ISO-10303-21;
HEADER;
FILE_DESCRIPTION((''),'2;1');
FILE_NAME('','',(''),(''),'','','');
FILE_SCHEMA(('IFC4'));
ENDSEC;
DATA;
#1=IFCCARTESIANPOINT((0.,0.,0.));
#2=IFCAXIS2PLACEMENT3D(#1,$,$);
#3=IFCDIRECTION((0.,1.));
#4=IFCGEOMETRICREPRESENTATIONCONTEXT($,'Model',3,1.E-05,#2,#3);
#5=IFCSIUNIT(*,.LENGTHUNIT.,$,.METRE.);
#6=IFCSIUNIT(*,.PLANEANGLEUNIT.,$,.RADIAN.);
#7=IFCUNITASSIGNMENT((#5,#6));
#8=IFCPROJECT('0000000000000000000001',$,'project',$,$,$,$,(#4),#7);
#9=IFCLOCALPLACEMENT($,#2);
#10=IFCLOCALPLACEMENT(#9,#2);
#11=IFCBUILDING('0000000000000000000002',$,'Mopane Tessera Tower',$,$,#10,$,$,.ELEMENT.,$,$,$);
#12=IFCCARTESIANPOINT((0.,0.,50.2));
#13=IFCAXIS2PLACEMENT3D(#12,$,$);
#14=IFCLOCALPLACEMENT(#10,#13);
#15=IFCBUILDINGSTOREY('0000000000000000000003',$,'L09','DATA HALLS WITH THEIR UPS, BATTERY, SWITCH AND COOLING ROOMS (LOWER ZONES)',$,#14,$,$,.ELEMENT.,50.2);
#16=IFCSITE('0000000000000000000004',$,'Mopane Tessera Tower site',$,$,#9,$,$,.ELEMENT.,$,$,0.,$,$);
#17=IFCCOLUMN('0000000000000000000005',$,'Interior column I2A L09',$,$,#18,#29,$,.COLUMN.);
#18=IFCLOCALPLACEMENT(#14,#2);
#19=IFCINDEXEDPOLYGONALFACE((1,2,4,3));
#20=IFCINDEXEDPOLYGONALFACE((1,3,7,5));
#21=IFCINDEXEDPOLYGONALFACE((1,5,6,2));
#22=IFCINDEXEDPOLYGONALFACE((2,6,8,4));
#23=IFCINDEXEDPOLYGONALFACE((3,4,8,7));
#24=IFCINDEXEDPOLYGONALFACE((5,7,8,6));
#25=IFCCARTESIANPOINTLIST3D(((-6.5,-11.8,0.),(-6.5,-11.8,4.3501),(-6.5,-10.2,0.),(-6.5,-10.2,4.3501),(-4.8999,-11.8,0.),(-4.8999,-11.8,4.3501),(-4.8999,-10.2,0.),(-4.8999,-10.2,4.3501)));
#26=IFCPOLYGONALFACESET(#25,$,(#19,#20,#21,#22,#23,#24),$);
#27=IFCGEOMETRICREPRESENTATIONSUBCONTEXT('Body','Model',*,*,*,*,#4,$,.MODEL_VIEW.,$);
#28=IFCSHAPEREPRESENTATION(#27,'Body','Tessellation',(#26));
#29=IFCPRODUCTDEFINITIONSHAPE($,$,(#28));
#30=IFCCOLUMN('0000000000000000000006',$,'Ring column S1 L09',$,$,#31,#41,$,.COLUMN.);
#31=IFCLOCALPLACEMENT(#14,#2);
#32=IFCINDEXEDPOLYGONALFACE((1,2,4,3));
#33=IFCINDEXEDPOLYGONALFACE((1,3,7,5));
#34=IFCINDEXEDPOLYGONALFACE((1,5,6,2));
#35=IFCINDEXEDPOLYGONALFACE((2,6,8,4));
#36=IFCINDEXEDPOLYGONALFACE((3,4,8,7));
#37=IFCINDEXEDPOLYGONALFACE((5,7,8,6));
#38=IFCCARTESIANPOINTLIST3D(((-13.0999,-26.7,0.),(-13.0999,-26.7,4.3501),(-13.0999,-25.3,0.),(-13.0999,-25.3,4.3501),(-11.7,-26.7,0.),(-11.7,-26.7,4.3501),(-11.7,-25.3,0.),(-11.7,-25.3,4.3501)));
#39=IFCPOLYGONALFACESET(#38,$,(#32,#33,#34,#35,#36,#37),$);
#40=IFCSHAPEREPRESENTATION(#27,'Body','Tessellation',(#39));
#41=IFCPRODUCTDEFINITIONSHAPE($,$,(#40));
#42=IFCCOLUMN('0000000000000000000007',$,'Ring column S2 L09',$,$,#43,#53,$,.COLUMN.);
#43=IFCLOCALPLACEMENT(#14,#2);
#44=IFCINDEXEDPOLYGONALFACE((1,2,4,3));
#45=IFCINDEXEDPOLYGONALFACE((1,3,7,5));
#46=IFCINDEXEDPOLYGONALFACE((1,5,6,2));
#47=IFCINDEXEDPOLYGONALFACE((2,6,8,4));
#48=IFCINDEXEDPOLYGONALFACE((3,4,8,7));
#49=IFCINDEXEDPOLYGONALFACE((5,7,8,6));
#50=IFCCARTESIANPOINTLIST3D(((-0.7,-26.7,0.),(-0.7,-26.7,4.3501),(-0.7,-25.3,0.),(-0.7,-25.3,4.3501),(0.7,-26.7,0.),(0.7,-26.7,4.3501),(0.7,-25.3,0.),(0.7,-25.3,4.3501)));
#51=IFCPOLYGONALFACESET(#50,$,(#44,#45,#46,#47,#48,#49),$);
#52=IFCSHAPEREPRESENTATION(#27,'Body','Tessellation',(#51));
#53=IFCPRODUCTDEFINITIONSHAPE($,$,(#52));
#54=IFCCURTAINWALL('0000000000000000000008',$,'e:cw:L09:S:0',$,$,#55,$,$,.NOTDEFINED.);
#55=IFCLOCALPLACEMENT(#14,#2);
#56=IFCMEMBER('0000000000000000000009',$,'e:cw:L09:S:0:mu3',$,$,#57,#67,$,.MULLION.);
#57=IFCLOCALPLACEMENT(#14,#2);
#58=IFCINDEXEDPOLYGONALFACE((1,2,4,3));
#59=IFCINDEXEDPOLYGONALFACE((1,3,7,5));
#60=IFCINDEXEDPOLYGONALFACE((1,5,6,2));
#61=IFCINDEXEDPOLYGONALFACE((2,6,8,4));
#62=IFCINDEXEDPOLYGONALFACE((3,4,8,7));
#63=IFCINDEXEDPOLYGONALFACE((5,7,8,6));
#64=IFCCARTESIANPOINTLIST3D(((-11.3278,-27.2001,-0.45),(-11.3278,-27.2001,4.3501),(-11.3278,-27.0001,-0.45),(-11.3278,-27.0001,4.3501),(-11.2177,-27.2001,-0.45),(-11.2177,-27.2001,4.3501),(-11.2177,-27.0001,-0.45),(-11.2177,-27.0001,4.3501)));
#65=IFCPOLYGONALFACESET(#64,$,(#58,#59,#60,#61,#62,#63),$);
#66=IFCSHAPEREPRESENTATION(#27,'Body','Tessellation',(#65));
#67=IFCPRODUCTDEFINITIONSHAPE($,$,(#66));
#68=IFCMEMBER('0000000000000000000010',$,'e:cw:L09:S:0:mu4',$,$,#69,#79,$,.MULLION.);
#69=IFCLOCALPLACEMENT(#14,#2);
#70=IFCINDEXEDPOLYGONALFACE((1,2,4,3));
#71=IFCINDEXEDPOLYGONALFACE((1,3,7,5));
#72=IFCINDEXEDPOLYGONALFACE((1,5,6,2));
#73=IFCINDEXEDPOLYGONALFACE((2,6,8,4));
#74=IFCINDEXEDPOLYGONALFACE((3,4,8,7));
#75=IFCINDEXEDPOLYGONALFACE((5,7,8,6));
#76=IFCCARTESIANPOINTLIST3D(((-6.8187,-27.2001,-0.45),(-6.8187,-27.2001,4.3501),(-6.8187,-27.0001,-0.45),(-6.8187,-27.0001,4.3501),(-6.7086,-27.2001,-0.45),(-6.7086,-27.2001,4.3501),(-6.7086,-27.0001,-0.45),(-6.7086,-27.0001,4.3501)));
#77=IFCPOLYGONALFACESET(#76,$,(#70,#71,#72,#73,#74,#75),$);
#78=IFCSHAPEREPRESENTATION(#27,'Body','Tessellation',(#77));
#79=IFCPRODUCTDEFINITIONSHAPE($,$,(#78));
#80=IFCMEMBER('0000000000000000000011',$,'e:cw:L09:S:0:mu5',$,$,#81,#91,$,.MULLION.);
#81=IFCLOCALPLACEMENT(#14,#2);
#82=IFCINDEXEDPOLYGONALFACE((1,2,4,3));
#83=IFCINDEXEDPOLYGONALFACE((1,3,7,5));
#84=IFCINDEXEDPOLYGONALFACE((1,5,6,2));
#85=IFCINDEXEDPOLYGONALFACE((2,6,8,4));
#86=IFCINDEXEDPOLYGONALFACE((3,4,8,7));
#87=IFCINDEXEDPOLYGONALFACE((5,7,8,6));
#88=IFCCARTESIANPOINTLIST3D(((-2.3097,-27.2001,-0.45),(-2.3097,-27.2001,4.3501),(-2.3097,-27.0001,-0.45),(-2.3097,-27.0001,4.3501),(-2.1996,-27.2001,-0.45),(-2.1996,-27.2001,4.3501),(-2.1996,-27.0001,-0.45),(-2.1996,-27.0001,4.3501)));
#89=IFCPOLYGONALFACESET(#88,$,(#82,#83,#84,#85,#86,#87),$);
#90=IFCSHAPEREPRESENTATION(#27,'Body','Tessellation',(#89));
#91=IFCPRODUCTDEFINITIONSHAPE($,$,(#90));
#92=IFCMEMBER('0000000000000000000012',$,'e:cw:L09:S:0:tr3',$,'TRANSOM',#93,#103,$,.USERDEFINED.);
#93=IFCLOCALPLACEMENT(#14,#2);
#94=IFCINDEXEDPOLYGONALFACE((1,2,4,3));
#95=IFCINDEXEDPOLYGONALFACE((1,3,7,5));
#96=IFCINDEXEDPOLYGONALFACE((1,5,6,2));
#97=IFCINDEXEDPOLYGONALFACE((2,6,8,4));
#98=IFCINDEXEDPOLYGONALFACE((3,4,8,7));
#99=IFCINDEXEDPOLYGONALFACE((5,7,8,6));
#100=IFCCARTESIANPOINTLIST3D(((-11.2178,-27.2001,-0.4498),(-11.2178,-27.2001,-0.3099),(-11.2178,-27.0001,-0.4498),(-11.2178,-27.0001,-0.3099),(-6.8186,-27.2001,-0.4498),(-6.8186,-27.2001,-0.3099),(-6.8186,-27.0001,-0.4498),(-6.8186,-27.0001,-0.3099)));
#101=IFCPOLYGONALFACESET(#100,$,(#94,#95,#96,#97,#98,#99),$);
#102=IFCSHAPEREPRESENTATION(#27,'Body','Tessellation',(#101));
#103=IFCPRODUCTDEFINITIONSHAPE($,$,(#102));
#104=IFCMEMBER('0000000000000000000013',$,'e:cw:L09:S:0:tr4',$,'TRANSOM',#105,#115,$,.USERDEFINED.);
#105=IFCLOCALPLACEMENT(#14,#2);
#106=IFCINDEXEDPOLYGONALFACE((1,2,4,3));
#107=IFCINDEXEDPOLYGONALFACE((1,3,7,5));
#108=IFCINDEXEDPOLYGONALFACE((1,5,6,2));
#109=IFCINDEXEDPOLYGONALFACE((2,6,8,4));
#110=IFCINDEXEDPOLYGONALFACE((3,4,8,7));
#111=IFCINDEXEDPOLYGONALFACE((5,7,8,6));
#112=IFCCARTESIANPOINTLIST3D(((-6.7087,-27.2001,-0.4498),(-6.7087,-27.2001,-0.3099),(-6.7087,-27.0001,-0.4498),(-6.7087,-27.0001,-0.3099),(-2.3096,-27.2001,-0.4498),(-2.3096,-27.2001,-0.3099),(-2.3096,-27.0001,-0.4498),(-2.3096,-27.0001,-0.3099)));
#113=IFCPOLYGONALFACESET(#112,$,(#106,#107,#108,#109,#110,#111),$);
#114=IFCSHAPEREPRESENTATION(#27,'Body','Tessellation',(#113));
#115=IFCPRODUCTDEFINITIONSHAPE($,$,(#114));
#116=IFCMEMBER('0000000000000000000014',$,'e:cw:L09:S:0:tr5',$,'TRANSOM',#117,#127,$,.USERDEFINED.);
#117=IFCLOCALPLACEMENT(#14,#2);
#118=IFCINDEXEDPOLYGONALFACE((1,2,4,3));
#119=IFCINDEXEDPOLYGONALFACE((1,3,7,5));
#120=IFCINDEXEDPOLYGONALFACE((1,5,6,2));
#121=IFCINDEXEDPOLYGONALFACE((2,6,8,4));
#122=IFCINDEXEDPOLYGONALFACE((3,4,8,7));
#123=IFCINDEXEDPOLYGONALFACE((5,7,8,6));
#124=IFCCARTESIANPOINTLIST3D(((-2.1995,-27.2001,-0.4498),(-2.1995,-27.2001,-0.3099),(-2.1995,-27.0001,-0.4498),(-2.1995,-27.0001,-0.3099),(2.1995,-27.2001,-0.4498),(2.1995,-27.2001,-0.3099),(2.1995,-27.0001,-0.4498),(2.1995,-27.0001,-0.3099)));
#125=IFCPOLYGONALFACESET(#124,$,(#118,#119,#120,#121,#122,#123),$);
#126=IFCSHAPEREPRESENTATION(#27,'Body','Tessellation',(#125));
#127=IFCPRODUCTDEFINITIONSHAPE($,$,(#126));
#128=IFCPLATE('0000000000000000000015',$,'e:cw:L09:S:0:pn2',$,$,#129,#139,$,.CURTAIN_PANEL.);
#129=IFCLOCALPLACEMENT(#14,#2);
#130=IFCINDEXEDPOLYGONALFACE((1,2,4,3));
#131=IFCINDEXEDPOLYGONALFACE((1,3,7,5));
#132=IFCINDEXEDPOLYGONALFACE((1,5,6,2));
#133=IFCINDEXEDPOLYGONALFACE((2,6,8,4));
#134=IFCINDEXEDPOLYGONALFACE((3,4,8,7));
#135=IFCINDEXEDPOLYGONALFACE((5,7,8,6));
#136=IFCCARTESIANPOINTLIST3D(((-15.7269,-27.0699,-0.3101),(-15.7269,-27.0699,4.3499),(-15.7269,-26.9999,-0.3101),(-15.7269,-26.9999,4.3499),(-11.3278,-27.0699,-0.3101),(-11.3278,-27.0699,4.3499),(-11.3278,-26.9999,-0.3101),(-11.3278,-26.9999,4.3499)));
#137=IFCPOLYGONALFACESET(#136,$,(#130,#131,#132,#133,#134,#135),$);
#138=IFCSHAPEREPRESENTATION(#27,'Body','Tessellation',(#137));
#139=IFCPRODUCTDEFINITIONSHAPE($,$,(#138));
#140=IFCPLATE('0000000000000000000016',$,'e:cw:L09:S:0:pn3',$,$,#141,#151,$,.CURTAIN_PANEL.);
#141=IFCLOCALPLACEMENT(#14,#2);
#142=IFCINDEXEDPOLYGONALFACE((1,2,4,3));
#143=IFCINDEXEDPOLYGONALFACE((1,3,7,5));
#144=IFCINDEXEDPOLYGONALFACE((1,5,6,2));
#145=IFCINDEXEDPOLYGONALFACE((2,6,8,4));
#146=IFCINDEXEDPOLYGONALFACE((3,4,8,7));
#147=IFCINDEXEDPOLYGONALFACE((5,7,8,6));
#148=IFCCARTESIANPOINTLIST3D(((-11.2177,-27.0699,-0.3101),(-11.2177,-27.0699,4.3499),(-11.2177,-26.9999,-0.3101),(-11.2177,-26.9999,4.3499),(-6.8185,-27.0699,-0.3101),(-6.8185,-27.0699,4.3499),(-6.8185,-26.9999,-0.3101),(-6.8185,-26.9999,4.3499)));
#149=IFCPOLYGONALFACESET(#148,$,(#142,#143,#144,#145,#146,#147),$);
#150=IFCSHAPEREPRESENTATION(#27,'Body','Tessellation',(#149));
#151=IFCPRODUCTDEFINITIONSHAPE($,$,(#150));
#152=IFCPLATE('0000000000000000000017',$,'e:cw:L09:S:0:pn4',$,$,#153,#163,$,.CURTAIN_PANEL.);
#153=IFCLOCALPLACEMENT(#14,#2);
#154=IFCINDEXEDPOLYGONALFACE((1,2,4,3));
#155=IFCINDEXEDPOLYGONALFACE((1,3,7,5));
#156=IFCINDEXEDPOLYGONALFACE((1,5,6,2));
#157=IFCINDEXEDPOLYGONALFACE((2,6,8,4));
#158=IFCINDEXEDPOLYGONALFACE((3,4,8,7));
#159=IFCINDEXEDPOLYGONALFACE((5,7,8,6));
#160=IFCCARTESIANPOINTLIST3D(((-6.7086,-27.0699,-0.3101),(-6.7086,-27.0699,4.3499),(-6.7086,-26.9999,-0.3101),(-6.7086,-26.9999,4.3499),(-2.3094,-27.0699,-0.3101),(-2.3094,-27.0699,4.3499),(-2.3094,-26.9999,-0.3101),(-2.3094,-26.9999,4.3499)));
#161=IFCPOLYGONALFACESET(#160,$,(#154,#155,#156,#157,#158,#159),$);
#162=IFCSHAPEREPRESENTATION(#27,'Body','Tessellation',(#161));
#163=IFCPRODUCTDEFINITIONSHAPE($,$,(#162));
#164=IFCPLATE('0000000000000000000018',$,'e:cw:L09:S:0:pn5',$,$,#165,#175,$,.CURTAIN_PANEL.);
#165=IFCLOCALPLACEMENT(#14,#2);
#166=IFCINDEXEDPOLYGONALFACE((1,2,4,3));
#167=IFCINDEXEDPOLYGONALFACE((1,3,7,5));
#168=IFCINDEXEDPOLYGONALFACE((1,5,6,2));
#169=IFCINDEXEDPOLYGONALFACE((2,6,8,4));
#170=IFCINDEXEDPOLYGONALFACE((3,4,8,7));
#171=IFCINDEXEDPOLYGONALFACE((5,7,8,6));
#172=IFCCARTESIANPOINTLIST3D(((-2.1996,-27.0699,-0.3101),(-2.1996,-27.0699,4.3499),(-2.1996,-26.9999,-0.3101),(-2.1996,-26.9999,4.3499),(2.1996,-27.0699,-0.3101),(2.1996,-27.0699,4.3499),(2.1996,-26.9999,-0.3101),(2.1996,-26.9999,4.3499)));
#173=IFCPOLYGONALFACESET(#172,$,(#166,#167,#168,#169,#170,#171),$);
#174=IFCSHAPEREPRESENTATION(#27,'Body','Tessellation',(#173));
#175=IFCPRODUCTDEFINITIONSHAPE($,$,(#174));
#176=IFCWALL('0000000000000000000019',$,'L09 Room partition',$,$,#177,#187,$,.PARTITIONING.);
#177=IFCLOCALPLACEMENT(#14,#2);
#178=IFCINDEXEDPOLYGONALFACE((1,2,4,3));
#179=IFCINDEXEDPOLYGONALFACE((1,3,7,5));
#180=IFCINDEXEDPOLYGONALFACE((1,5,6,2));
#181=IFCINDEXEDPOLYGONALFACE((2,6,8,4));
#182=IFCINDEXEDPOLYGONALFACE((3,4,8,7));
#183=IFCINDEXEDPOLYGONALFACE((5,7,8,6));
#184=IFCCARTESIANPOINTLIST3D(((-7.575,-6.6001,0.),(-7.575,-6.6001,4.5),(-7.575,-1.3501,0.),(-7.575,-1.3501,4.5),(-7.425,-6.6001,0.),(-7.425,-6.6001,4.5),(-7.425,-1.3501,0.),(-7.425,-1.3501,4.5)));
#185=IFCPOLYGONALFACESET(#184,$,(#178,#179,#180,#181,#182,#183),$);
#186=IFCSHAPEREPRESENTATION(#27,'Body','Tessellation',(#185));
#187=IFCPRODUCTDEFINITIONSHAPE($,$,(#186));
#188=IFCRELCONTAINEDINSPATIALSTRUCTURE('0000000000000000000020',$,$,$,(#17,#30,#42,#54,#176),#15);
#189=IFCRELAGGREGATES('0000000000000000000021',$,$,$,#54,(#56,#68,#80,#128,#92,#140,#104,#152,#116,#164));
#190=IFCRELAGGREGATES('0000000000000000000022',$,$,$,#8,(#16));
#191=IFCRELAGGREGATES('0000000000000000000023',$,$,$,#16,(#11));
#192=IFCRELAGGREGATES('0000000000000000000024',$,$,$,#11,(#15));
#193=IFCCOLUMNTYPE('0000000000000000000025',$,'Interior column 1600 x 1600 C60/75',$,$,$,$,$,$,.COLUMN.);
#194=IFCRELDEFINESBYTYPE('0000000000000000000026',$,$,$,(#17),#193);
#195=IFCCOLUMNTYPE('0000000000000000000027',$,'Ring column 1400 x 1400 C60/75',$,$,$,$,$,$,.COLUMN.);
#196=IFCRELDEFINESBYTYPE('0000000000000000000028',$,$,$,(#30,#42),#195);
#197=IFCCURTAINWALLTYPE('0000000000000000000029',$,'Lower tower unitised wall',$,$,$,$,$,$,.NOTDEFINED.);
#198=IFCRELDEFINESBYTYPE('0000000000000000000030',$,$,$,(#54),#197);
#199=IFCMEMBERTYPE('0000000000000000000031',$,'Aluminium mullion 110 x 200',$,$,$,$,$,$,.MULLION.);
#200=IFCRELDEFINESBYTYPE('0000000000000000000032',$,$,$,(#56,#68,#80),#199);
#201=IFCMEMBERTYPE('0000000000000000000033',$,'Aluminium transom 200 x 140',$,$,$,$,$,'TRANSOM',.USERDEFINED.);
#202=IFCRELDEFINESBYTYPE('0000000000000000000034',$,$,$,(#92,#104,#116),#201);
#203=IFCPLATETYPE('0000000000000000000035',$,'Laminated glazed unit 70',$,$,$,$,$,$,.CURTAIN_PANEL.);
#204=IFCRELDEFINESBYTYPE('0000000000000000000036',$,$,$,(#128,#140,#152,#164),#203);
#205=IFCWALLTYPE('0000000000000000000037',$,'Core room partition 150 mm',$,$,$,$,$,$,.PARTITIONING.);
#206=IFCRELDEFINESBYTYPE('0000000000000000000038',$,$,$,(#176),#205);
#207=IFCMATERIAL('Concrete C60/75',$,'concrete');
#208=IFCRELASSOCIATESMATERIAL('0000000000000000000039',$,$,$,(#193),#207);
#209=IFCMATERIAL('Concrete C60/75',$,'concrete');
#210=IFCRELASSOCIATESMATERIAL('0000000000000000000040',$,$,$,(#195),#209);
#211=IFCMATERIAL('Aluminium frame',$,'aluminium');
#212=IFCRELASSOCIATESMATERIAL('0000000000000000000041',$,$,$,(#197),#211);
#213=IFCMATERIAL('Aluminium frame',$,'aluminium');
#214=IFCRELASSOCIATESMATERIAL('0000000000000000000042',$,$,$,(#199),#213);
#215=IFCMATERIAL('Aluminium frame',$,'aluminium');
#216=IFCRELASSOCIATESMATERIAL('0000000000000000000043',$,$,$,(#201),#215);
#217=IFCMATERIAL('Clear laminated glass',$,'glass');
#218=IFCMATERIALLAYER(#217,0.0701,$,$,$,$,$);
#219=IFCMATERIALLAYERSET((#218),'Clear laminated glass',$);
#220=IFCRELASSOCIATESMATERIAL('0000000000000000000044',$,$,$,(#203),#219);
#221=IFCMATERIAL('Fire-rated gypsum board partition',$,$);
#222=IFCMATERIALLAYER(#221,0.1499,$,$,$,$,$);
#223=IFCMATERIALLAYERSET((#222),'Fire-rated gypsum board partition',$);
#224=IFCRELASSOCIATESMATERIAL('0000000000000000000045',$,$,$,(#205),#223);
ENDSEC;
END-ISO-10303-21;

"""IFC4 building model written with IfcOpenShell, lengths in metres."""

from ifc_helpers import new_model, si_unit, direction, frame, frame_2d, origin, origin_2d, place, context, subcontext, project, spatial, rectangle, extrude, material, layer, layer_set, material_profile, profile_set, type_object, element, aggregate, save


model = new_model("IFC4")

# Units and contexts
model_context = context("Model", 3, precision=1e-05, world=origin(), true_north=direction((0.0, 1.0)))
body_context = subcontext(model_context, "Body", "Model", "MODEL_VIEW")
ifc_project = project(units=[si_unit("LENGTHUNIT", "METRE"), si_unit("PLANEANGLEUNIT", "RADIAN")], contexts=[model_context])

# Site, building, storey
site_placement = place(None, origin())
site = spatial("IfcSite", under=ifc_project, at=site_placement, Name="Mopane Tessera Tower site", CompositionType="ELEMENT", RefElevation=0.0)
building_placement = place(site_placement, origin())
building = spatial("IfcBuilding", under=site, at=building_placement, Name="Mopane Tessera Tower", CompositionType="ELEMENT")
storey_placement = place(building_placement, frame((0.0, 0.0, 50.2)))
storey = spatial("IfcBuildingStorey", under=building, at=storey_placement, Name="L09", Description="DATA HALLS WITH THEIR UPS, BATTERY, SWITCH AND COOLING ROOMS (LOWER ZONES)", CompositionType="ELEMENT", Elevation=50.2)

# Columns
ifc_material_1 = material(Name="Concrete C60/75", Category="concrete")
ifc_material_profile_1 = material_profile(ifc_material_1, rectangle(XDim=1.6001, YDim=1.6001, at=origin_2d()))
ifc_profile_set_1 = profile_set([ifc_material_profile_1], Name="Concrete C60/75")
column_type_1 = type_object("IfcColumnType", Name="Interior column 1600 x 1600 C60/75", PredefinedType="COLUMN", material=ifc_profile_set_1)
column_placement = place(storey_placement, frame((-5.7, -11.0, 0.0), z_axis=(0.0, 0.0, 1.0), x_axis=(1.0, 0.0, 0.0)))
element("IfcColumn", 1, at=column_placement, inside=storey, type_object=column_type_1, Name="Interior column I2A L09", PredefinedType="COLUMN", context=body_context, shape_type="SweptSolid", body=[
    extrude(rectangle(XDim=1.6001, YDim=1.6001, at=origin_2d()), origin(), (0.0, 0.0, 1.0), 4.3501),
])
ifc_material_2 = material(Name="Concrete C60/75", Category="concrete")
ifc_material_profile_2 = material_profile(ifc_material_2, rectangle(XDim=1.3999, YDim=1.3999, at=origin_2d()))
ifc_profile_set_2 = profile_set([ifc_material_profile_2], Name="Concrete C60/75")
column_type_2 = type_object("IfcColumnType", Name="Ring column 1400 x 1400 C60/75", PredefinedType="COLUMN", material=ifc_profile_set_2)
for number, where, z_axis, x_axis, name in (
    (2, (-12.3999, -26.0, 0.0), (0.0, 0.0, 1.0), (1.0, 0.0, 0.0), "Ring column S1 L09"),
    (3, (0.0, -26.0, 0.0), (0.0, 0.0, 1.0), (1.0, 0.0, 0.0), "Ring column S2 L09"),
):
    element("IfcColumn", number, at=place(storey_placement, frame(where, z_axis=z_axis, x_axis=x_axis)), inside=storey, type_object=column_type_2, Name=name, PredefinedType="COLUMN", context=body_context, shape_type="SweptSolid", body=[
        extrude(rectangle(XDim=1.3999, YDim=1.3999, at=origin_2d()), origin(), (0.0, 0.0, 1.0), 4.3501),
    ])

# Curtain wall, members, plates
ifc_material_3 = material(Name="Aluminium frame", Category="aluminium")
curtain_wall_type = type_object("IfcCurtainWallType", Name="Lower tower unitised wall", PredefinedType="NOTDEFINED", material=ifc_material_3)
curtain_wall_placement = place(storey_placement, origin())
curtain_wall = element("IfcCurtainWall", 4, at=curtain_wall_placement, inside=storey, type_object=curtain_wall_type, Name="e:cw:L09:S:0", PredefinedType="NOTDEFINED")
ifc_material_4 = material(Name="Aluminium frame", Category="aluminium")
ifc_material_profile_3 = material_profile(ifc_material_4, rectangle(XDim=0.1101, YDim=0.2, at=origin_2d()))
ifc_profile_set_3 = profile_set([ifc_material_profile_3], Name="Aluminium frame")
member_type_1 = type_object("IfcMemberType", Name="Aluminium mullion 110 x 200", PredefinedType="MULLION", material=ifc_profile_set_3)
member_1_placement = place(storey_placement, frame((-11.2727, -27.1001, -0.45), z_axis=(0.0, 0.0, 1.0), x_axis=(1.0, 0.0, 0.0)))
member_1 = element("IfcMember", 5, at=member_1_placement, type_object=member_type_1, Name="e:cw:L09:S:0:mu3", PredefinedType="MULLION", context=body_context, shape_type="SweptSolid", body=[
    extrude(rectangle(XDim=0.1101, YDim=0.2, at=origin_2d()), origin(), (0.0, 0.0, 1.0), 4.8),
])
member_2_placement = place(storey_placement, frame((-6.7637, -27.1001, -0.45), z_axis=(0.0, 0.0, 1.0), x_axis=(1.0, 0.0, 0.0)))
member_2 = element("IfcMember", 6, at=member_2_placement, type_object=member_type_1, Name="e:cw:L09:S:0:mu4", PredefinedType="MULLION", context=body_context, shape_type="SweptSolid", body=[
    extrude(rectangle(XDim=0.1101, YDim=0.2, at=origin_2d()), origin(), (0.0, 0.0, 1.0), 4.8),
])
member_3_placement = place(storey_placement, frame((-2.2546, -27.1001, -0.45), z_axis=(0.0, 0.0, 1.0), x_axis=(1.0, 0.0, 0.0)))
member_3 = element("IfcMember", 7, at=member_3_placement, type_object=member_type_1, Name="e:cw:L09:S:0:mu5", PredefinedType="MULLION", context=body_context, shape_type="SweptSolid", body=[
    extrude(rectangle(XDim=0.1101, YDim=0.2, at=origin_2d()), origin(), (0.0, 0.0, 1.0), 4.8),
])
ifc_material_5 = material(Name="Aluminium frame", Category="aluminium")
ifc_material_profile_4 = material_profile(ifc_material_5, rectangle(XDim=0.2, YDim=0.1399, at=origin_2d()))
ifc_profile_set_4 = profile_set([ifc_material_profile_4], Name="Aluminium frame")
member_type_2 = type_object("IfcMemberType", Name="Aluminium transom 200 x 140", ElementType="TRANSOM", PredefinedType="USERDEFINED", material=ifc_profile_set_4)
member_4_placement = place(storey_placement, frame((-11.2178, -27.1001, -0.3799), z_axis=(1.0, 0.0, 0.0), x_axis=(0.0, 1.0, 0.0)))
member_4 = element("IfcMember", 8, at=member_4_placement, type_object=member_type_2, Name="e:cw:L09:S:0:tr3", ObjectType="TRANSOM", PredefinedType="USERDEFINED", context=body_context, shape_type="SweptSolid", body=[
    extrude(rectangle(XDim=0.2, YDim=0.1399, at=origin_2d()), origin(), (0.0, 0.0, 1.0), 4.3992),
])
member_5_placement = place(storey_placement, frame((-6.7087, -27.1001, -0.3799), z_axis=(1.0, 0.0, 0.0), x_axis=(0.0, 1.0, 0.0)))
member_5 = element("IfcMember", 9, at=member_5_placement, type_object=member_type_2, Name="e:cw:L09:S:0:tr4", ObjectType="TRANSOM", PredefinedType="USERDEFINED", context=body_context, shape_type="SweptSolid", body=[
    extrude(rectangle(XDim=0.2, YDim=0.1399, at=origin_2d()), origin(), (0.0, 0.0, 1.0), 4.3992),
])
member_6_placement = place(storey_placement, frame((-2.1995, -27.1001, -0.3799), z_axis=(1.0, 0.0, 0.0), x_axis=(0.0, 1.0, 0.0)))
member_6 = element("IfcMember", 10, at=member_6_placement, type_object=member_type_2, Name="e:cw:L09:S:0:tr5", ObjectType="TRANSOM", PredefinedType="USERDEFINED", context=body_context, shape_type="SweptSolid", body=[
    extrude(rectangle(XDim=0.2, YDim=0.1399, at=origin_2d()), origin(), (0.0, 0.0, 1.0), 4.3989),
])
ifc_material_6 = material(Name="Clear laminated glass", Category="glass")
ifc_layer_1 = layer(ifc_material_6, 0.0701)
ifc_layer_set_1 = layer_set([ifc_layer_1], Name="Clear laminated glass")
plate_type = type_object("IfcPlateType", Name="Laminated glazed unit 70", PredefinedType="CURTAIN_PANEL", material=ifc_layer_set_1)
plate_1_placement = place(storey_placement, frame((-13.5273, -27.0349, -0.3101), z_axis=(0.0, 0.0, 1.0), x_axis=(1.0, 0.0, 0.0)))
plate_1 = element("IfcPlate", 11, at=plate_1_placement, type_object=plate_type, Name="e:cw:L09:S:0:pn2", PredefinedType="CURTAIN_PANEL", context=body_context, shape_type="SweptSolid", body=[
    extrude(rectangle(XDim=4.3992, YDim=0.0701, at=origin_2d()), origin(), (0.0, 0.0, 1.0), 4.6599),
])
plate_2_placement = place(storey_placement, frame((-9.0181, -27.0349, -0.3101), z_axis=(0.0, 0.0, 1.0), x_axis=(1.0, 0.0, 0.0)))
plate_2 = element("IfcPlate", 12, at=plate_2_placement, type_object=plate_type, Name="e:cw:L09:S:0:pn3", PredefinedType="CURTAIN_PANEL", context=body_context, shape_type="SweptSolid", body=[
    extrude(rectangle(XDim=4.3992, YDim=0.0701, at=origin_2d()), origin(), (0.0, 0.0, 1.0), 4.6599),
])
plate_3_placement = place(storey_placement, frame((-4.509, -27.0349, -0.3101), z_axis=(0.0, 0.0, 1.0), x_axis=(1.0, 0.0, 0.0)))
plate_3 = element("IfcPlate", 13, at=plate_3_placement, type_object=plate_type, Name="e:cw:L09:S:0:pn4", PredefinedType="CURTAIN_PANEL", context=body_context, shape_type="SweptSolid", body=[
    extrude(rectangle(XDim=4.3992, YDim=0.0701, at=origin_2d()), origin(), (0.0, 0.0, 1.0), 4.6599),
])
plate_4_placement = place(storey_placement, frame((0.0, -27.0349, -0.3101), z_axis=(0.0, 0.0, 1.0), x_axis=(1.0, 0.0, 0.0)))
plate_4 = element("IfcPlate", 14, at=plate_4_placement, type_object=plate_type, Name="e:cw:L09:S:0:pn5", PredefinedType="CURTAIN_PANEL", context=body_context, shape_type="SweptSolid", body=[
    extrude(rectangle(XDim=4.3992, YDim=0.0701, at=origin_2d()), origin(), (0.0, 0.0, 1.0), 4.6599),
])
aggregate(curtain_wall, [member_1, member_2, member_3, plate_1, member_4, plate_2, member_5, plate_3, member_6, plate_4])

# Wall
ifc_material_7 = material(Name="Fire-rated gypsum board partition")
ifc_layer_2 = layer(ifc_material_7, 0.1499)
ifc_layer_set_2 = layer_set([ifc_layer_2], Name="Fire-rated gypsum board partition")
wall_type_1 = type_object("IfcWallType", Name="Core room partition 150 mm", PredefinedType="PARTITIONING", material=ifc_layer_set_2)
for number, where, z_axis, x_axis, name in (
    (15, (-7.5, -6.6001, 0.0), (0.0, 0.0, 1.0), (0.0, 1.0, 0.0), "L09 Room partition"),
):
    element("IfcWall", number, at=place(storey_placement, frame(where, z_axis=z_axis, x_axis=x_axis)), inside=storey, type_object=wall_type_1, Name=name, PredefinedType="PARTITIONING", context=body_context, shape_type="SweptSolid", body=[
        extrude(rectangle(XDim=5.25, YDim=0.1499, at=frame_2d((2.625, 0.0))), origin(), (0.0, 0.0, 1.0), 4.5),
    ])

save(model, "model.ifc")
